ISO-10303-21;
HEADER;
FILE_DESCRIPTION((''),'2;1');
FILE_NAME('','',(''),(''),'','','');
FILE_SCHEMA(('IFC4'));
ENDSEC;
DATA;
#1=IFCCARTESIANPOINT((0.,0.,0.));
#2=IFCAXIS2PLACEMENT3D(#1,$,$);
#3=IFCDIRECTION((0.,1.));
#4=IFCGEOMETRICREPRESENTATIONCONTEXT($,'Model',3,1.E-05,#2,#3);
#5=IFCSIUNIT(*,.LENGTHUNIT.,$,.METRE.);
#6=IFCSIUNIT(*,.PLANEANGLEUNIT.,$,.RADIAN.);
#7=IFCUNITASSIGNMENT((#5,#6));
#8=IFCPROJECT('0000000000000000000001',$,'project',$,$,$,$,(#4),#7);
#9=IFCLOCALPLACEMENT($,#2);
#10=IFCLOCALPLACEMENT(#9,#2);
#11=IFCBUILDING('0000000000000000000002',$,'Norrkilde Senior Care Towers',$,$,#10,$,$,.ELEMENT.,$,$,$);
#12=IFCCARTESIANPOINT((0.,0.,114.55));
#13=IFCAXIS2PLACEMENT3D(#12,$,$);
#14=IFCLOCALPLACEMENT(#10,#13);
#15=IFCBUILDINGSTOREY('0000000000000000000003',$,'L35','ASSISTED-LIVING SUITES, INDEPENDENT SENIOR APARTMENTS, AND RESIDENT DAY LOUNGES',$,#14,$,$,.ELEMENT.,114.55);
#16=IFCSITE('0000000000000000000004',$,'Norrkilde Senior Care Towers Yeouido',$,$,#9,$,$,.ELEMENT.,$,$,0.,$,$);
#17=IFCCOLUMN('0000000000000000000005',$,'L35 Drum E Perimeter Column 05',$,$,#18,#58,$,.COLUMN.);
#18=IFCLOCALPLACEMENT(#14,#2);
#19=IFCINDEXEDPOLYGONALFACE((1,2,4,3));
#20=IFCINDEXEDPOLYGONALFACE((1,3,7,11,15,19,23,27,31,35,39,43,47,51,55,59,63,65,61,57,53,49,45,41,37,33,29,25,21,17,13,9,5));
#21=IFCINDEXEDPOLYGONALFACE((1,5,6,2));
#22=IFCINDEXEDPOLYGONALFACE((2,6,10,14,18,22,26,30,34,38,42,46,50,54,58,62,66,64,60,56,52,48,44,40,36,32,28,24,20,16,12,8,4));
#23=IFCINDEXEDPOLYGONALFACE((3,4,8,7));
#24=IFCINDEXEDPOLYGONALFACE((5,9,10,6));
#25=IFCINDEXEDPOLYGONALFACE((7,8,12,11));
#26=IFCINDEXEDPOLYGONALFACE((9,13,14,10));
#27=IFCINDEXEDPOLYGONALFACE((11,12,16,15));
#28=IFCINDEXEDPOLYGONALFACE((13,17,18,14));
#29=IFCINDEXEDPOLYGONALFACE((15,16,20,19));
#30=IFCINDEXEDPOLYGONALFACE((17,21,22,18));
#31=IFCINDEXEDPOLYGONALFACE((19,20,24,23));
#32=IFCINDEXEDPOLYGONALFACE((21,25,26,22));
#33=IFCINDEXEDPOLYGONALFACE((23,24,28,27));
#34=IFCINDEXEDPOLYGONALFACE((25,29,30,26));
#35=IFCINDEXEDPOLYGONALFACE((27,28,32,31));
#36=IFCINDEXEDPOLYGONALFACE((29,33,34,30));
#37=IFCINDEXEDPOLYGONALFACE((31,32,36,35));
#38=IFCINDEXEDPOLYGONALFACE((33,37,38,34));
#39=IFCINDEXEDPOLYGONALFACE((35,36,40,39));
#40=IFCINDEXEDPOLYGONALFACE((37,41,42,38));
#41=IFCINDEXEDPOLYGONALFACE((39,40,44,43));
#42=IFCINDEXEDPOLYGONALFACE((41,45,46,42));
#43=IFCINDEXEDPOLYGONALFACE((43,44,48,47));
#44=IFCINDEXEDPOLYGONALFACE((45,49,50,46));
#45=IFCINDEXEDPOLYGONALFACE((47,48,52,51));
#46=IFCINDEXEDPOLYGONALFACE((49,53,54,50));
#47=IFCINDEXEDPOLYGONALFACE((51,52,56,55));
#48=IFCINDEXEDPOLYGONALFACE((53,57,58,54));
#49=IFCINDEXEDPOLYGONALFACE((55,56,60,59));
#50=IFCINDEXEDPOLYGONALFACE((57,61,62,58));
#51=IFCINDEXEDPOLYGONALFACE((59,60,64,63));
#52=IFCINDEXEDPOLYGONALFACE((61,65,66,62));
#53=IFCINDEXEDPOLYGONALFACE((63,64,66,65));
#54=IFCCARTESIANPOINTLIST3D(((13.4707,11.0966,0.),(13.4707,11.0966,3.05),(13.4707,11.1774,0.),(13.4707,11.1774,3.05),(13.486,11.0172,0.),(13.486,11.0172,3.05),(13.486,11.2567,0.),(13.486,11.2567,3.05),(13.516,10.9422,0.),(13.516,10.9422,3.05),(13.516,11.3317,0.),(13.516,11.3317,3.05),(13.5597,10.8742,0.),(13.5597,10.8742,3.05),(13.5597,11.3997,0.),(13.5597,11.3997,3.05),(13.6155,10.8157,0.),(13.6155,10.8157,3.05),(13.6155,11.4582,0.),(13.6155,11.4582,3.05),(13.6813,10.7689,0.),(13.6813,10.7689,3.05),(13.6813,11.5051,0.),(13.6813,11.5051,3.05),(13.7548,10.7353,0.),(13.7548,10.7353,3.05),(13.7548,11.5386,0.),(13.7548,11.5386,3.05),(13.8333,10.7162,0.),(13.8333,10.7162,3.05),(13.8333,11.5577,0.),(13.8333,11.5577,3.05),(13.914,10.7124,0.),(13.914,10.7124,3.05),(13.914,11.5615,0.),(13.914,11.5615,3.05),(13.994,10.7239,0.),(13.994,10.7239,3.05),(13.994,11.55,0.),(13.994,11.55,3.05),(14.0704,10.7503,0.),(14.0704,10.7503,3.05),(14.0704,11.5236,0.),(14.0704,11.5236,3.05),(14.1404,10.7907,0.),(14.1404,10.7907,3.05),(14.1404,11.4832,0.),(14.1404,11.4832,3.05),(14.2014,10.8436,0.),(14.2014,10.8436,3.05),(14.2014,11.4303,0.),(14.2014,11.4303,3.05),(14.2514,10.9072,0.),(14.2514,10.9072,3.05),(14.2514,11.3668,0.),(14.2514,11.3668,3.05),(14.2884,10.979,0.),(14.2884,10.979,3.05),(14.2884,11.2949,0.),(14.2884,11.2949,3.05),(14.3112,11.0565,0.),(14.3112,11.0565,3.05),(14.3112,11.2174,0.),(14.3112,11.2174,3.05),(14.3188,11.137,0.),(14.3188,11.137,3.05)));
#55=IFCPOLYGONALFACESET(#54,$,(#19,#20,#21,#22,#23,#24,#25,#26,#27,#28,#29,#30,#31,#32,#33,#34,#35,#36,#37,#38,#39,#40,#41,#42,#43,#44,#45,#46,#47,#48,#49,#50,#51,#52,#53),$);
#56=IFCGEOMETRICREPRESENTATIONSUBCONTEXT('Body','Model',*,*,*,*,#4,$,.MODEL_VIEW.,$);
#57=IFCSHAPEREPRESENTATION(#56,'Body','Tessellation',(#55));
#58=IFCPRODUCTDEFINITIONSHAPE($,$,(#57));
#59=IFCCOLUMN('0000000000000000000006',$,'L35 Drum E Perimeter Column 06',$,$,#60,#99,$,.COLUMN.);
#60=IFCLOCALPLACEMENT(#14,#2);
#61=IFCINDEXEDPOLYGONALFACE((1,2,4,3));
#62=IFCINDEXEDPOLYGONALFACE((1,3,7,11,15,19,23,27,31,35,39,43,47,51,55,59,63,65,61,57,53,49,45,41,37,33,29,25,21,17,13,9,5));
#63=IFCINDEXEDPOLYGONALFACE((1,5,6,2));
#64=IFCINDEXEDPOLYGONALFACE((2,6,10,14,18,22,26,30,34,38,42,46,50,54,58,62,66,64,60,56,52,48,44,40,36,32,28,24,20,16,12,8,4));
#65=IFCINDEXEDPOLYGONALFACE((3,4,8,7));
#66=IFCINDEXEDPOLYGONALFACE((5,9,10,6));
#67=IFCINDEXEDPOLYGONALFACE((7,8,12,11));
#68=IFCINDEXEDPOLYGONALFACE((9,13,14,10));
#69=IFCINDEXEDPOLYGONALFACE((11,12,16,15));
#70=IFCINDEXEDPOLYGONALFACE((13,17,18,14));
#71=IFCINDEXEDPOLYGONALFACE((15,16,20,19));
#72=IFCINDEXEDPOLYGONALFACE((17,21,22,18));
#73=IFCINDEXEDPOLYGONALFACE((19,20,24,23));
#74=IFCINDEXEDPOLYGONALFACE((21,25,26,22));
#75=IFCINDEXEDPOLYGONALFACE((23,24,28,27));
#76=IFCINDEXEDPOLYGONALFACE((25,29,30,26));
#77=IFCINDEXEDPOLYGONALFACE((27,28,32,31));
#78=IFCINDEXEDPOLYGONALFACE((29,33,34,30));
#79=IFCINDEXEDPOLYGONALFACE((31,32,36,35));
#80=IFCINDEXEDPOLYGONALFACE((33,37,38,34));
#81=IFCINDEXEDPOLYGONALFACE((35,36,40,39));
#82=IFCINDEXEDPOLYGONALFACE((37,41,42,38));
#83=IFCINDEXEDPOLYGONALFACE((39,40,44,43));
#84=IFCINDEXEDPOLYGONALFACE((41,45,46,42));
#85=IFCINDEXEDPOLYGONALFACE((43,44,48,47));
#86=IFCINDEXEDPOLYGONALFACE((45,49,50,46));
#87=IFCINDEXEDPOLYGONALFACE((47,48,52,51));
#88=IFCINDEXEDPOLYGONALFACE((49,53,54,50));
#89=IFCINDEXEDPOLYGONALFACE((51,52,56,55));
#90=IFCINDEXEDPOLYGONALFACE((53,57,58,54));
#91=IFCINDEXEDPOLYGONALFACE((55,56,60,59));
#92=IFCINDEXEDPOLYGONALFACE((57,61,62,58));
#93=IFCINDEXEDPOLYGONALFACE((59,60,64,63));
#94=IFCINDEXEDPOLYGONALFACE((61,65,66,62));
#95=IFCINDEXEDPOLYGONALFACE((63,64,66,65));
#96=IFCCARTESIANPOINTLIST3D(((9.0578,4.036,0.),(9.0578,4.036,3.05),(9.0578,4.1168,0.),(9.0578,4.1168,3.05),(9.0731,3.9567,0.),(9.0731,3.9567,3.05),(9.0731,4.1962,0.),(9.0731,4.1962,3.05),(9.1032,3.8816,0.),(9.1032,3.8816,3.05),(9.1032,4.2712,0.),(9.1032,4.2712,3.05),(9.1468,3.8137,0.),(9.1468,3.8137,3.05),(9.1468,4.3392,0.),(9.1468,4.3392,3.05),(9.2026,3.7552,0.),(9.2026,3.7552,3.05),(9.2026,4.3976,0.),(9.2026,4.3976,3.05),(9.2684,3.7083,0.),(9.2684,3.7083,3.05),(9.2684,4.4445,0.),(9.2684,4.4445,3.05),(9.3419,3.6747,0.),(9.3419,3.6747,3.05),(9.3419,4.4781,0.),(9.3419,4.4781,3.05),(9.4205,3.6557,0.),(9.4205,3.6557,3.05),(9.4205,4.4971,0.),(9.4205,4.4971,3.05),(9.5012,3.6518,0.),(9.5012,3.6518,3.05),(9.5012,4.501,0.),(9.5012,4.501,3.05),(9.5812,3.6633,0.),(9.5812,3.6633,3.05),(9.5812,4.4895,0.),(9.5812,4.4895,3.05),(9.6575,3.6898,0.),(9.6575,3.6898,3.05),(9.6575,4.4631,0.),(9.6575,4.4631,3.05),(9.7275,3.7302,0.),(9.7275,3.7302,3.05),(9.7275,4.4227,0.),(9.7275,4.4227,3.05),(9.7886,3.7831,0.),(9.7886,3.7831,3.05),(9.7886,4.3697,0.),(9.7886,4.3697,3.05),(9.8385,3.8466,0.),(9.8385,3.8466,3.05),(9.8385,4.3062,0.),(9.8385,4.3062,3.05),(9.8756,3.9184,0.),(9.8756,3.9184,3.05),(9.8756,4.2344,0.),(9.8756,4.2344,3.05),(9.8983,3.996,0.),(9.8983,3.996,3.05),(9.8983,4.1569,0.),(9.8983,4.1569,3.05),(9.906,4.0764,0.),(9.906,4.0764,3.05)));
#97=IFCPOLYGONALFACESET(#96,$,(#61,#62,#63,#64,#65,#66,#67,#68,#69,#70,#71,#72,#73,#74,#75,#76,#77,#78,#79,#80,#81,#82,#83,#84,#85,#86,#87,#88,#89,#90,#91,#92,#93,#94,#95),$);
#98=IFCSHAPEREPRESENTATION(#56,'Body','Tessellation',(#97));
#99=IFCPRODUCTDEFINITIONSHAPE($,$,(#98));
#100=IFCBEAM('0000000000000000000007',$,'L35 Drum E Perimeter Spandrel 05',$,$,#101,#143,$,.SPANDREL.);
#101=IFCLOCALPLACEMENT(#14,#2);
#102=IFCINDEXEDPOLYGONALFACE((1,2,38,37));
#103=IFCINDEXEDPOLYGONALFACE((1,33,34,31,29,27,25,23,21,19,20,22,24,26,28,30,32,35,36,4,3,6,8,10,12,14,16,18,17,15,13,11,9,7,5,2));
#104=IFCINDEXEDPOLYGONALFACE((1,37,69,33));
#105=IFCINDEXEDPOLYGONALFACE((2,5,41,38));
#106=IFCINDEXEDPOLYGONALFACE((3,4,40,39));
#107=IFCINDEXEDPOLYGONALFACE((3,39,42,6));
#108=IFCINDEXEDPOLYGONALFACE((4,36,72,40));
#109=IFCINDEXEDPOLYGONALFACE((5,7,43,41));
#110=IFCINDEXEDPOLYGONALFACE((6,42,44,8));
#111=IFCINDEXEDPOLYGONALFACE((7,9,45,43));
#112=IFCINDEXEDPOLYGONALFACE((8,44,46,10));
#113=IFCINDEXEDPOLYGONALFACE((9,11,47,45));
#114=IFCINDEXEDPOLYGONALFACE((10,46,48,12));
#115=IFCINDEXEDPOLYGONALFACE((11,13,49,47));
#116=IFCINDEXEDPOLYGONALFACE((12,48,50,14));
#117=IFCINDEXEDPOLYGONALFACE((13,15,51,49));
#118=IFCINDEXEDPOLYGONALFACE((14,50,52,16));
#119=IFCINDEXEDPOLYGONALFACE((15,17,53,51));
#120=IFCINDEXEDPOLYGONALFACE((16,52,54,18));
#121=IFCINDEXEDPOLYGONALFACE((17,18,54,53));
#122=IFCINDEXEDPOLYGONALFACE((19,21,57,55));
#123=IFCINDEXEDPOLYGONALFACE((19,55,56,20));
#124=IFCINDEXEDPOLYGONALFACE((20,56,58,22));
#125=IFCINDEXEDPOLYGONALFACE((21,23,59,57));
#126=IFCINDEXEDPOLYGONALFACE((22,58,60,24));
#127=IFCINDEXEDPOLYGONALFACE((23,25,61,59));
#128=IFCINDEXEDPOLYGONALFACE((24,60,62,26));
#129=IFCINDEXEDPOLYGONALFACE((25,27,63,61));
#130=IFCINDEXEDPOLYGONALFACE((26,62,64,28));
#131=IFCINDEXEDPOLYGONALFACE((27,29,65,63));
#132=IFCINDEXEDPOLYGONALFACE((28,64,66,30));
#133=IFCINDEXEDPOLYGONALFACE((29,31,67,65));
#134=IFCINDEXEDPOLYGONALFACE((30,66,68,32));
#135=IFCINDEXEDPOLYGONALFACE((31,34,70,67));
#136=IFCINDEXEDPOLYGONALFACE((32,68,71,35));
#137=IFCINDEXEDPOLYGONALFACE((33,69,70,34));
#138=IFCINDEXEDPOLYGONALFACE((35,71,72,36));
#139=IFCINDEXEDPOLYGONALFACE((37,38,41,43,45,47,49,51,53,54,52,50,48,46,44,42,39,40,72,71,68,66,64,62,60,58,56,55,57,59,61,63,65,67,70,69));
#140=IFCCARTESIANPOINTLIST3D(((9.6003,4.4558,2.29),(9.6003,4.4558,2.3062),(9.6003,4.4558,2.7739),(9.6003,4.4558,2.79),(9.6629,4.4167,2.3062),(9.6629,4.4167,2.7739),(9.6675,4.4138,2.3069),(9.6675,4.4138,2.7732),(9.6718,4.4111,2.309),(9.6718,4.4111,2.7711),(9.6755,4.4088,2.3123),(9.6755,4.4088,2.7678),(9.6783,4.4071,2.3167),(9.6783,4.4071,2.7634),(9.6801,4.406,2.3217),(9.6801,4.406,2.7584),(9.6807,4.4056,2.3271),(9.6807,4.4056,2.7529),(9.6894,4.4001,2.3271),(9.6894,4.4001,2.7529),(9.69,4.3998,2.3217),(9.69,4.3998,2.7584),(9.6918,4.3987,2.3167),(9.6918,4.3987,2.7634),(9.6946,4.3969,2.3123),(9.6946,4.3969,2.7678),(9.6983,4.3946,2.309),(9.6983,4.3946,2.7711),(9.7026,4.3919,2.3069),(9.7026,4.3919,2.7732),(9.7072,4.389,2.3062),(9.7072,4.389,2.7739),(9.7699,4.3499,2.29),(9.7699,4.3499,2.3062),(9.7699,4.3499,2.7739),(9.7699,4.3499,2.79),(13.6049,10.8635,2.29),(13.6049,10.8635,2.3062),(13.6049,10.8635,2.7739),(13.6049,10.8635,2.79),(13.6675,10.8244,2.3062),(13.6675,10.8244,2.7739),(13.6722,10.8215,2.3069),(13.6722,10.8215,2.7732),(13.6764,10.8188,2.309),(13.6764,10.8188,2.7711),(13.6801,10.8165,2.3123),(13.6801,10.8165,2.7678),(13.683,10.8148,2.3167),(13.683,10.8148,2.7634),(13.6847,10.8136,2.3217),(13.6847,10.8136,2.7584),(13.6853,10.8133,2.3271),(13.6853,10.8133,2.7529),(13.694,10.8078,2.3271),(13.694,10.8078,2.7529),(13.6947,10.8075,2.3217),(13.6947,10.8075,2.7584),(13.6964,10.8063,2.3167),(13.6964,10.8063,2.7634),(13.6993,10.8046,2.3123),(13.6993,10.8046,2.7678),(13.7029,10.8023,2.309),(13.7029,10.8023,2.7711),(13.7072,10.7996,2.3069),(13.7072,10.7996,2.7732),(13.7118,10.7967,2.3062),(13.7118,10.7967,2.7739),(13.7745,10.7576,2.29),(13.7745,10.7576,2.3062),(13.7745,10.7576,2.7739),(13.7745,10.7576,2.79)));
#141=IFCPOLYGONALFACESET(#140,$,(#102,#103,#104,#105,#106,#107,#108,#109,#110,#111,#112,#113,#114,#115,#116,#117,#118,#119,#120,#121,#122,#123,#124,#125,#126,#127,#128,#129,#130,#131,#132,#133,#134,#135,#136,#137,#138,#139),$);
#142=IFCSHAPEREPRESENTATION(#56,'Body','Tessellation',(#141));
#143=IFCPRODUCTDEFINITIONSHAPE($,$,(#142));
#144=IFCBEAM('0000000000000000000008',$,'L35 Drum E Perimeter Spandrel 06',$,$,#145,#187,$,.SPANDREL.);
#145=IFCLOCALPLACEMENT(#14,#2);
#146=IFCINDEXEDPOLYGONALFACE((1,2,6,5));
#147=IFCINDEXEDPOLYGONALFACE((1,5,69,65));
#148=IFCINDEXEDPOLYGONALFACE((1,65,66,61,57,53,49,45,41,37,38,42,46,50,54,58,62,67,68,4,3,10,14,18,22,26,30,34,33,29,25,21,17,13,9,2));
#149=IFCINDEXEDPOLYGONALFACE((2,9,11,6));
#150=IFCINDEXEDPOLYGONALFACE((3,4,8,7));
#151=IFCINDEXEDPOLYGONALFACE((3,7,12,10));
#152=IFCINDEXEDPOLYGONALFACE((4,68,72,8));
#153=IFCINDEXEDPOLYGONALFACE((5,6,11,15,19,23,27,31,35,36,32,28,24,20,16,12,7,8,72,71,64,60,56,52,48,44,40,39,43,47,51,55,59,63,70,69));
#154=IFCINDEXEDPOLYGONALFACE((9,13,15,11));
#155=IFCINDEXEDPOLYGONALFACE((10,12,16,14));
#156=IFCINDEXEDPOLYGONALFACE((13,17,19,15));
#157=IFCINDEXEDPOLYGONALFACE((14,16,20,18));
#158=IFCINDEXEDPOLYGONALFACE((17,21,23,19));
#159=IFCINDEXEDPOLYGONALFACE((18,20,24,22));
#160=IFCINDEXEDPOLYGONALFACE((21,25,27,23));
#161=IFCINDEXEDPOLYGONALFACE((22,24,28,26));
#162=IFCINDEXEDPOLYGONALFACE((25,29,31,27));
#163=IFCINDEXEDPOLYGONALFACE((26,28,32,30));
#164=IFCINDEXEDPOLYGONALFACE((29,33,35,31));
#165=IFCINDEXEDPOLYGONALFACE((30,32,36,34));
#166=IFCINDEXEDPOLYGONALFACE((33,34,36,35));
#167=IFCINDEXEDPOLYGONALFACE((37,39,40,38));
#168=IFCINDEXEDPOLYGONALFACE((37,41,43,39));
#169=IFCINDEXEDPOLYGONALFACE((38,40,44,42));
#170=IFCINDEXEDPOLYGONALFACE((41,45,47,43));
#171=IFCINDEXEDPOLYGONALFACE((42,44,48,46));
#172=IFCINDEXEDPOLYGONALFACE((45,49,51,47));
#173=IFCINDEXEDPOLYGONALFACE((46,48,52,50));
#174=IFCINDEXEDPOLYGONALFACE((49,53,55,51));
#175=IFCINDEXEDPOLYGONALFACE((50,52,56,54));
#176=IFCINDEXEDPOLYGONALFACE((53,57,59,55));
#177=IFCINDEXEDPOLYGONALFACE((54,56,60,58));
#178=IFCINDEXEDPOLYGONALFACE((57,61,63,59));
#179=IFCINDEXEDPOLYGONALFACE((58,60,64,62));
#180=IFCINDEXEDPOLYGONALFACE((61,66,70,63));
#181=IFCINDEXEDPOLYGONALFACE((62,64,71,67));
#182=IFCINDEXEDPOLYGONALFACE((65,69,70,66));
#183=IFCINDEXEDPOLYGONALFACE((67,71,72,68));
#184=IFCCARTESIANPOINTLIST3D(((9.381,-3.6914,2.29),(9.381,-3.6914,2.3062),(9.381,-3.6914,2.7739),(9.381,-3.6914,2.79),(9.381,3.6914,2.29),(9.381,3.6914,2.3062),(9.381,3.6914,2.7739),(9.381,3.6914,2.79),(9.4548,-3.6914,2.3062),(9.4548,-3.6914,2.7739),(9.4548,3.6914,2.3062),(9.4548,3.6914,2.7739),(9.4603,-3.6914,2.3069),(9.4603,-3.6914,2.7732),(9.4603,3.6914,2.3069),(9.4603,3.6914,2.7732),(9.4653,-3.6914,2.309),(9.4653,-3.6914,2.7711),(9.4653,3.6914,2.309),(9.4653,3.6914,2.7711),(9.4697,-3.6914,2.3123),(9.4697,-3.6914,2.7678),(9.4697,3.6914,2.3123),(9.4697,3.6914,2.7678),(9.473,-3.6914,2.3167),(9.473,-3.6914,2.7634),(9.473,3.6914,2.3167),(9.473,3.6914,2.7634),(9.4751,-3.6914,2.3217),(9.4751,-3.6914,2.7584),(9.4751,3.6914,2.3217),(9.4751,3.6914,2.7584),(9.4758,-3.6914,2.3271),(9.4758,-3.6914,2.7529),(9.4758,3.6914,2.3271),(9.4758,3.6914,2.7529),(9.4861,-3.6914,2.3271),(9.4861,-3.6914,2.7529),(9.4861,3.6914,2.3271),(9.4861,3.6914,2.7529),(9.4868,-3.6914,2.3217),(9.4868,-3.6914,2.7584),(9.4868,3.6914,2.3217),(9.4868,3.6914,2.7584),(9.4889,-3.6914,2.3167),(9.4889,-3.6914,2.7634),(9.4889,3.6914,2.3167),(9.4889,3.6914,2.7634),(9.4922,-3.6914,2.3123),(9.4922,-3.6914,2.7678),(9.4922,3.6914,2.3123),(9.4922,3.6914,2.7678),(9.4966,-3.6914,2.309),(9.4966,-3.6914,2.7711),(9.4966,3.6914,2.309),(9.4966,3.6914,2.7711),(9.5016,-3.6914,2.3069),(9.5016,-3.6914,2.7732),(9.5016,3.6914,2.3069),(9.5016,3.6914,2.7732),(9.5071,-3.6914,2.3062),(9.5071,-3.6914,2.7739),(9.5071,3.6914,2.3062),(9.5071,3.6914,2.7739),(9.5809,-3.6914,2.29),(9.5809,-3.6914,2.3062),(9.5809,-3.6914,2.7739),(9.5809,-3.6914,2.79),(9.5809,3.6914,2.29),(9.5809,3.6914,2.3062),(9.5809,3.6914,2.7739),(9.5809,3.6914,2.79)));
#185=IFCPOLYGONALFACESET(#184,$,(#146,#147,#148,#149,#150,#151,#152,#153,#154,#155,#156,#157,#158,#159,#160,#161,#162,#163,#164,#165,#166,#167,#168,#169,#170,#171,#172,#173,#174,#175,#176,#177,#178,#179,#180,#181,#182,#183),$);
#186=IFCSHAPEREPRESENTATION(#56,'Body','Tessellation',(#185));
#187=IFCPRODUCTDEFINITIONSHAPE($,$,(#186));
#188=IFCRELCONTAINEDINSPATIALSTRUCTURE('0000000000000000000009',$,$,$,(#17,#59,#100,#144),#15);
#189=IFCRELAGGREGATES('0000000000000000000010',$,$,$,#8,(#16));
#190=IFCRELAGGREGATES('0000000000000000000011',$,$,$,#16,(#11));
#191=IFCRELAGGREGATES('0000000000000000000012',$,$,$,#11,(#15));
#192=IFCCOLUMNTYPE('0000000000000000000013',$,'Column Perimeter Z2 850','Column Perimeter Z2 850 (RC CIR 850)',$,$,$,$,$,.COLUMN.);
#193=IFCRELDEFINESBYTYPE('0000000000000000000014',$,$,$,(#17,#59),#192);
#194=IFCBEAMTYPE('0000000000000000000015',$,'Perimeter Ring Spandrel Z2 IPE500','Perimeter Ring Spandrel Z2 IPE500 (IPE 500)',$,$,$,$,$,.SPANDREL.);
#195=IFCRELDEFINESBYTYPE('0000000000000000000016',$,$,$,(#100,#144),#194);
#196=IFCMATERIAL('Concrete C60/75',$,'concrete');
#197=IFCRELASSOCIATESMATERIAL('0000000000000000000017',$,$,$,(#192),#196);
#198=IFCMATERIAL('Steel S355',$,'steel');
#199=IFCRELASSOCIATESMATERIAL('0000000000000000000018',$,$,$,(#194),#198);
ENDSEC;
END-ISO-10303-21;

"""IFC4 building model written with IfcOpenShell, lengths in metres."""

from ifc_helpers import new_model, si_unit, direction, frame, origin, origin_2d, place, context, subcontext, project, spatial, circle, i_section, extrude, source, transform, mapped, material, material_profile, profile_set, type_object, type_shapes, element, save


model = new_model("IFC4")

# Units and contexts
model_context = context("Model", 3, precision=1e-05, world=origin(), true_north=direction((0.0, 1.0)))
body_context = subcontext(model_context, "Body", "Model", "MODEL_VIEW")
ifc_project = project(units=[si_unit("LENGTHUNIT", "METRE"), si_unit("PLANEANGLEUNIT", "RADIAN")], contexts=[model_context])

# Site, building, storey
site_placement = place(None, origin())
site = spatial("IfcSite", under=ifc_project, at=site_placement, Name="Norrkilde Senior Care Towers Yeouido", CompositionType="ELEMENT", RefElevation=0.0)
building_placement = place(site_placement, origin())
building = spatial("IfcBuilding", under=site, at=building_placement, Name="Norrkilde Senior Care Towers", CompositionType="ELEMENT")
storey_placement = place(building_placement, frame((0.0, 0.0, 114.55)))
storey = spatial("IfcBuildingStorey", under=building, at=storey_placement, Name="L35", Description="ASSISTED-LIVING SUITES, INDEPENDENT SENIOR APARTMENTS, AND RESIDENT DAY LOUNGES", CompositionType="ELEMENT", Elevation=114.55)

# Columns
ifc_material_1 = material(Name="Concrete C60/75", Category="concrete")
ifc_material_profile_1 = material_profile(ifc_material_1, circle(Radius=0.425, at=origin_2d()), Name="RC CIR 850")
ifc_profile_set_1 = profile_set([ifc_material_profile_1], Name="Concrete C60/75")
column_type = type_object("IfcColumnType", Name="Column Perimeter Z2 850", Description="Column Perimeter Z2 850 (RC CIR 850)", PredefinedType="COLUMN", material=ifc_profile_set_1)
shared_shape_1 = source(origin(), body_context, "Body", "SweptSolid", [
    extrude(circle(Radius=0.425, at=origin_2d()), origin(), (0.0, 0.0, 1.0), 3.05),
])
type_shapes(column_type, [shared_shape_1])
for number, where, z_axis, x_axis, name in (
    (1, (13.8938, 11.137, 0.0), (0.0, 0.0, 1.0), (1.0, 0.0, 0.0), "L35 Drum E Perimeter Column 05"),
    (2, (9.481, 4.0764, 0.0), (0.0, 0.0, 1.0), (1.0, 0.0, 0.0), "L35 Drum E Perimeter Column 06"),
):
    element("IfcColumn", number, at=place(storey_placement, frame(where, z_axis=z_axis, x_axis=x_axis)), inside=storey, type_object=column_type, Name=name, PredefinedType="COLUMN", context=body_context, shape_type="MappedRepresentation", body=[
        mapped(shared_shape_1, transform((0.0, 0.0, 0.0), x_axis=(1.0, 0.0, 0.0), y_axis=(0.0, 1.0, 0.0), z_axis=(0.0, 0.0, 1.0), scale=1.0)),
    ])

# Beams
ifc_material_2 = material(Name="Steel S355", Category="steel")
ifc_material_profile_2 = material_profile(ifc_material_2, i_section(OverallWidth=0.2, OverallDepth=0.5, WebThickness=0.0103, FlangeThickness=0.0161, FilletRadius=0.021, at=origin_2d()), Name="IPE 500")
ifc_profile_set_2 = profile_set([ifc_material_profile_2], Name="Steel S355")
beam_type = type_object("IfcBeamType", Name="Perimeter Ring Spandrel Z2 IPE500", Description="Perimeter Ring Spandrel Z2 IPE500 (IPE 500)", PredefinedType="SPANDREL", material=ifc_profile_set_2)
shared_shape_2 = source(origin(), body_context, "Body", "SweptSolid", [
    extrude(i_section(OverallWidth=0.2, OverallDepth=0.5, WebThickness=0.0103, FlangeThickness=0.0161, FilletRadius=0.021, at=origin_2d()), origin(), (0.0, 0.0, 1.0), 7.5562),
])
beam_1_placement = place(storey_placement, frame((13.6897, 10.8105, 2.54), z_axis=(-0.529982, -0.848009, 0.0), x_axis=(0.848009, -0.529982, 0.0)))
element("IfcBeam", 3, at=beam_1_placement, inside=storey, type_object=beam_type, Name="L35 Drum E Perimeter Spandrel 05", PredefinedType="SPANDREL", context=body_context, shape_type="MappedRepresentation", body=[
    mapped(shared_shape_2, transform((0.0, 0.0, 0.0), x_axis=(1.0, 0.0, 0.0), y_axis=(0.0, 1.0, 0.0), z_axis=(0.0, 0.0, 1.0), scale=1.0)),
])
shared_shape_3 = source(origin(), body_context, "Body", "SweptSolid", [
    extrude(i_section(OverallWidth=0.2, OverallDepth=0.5, WebThickness=0.0103, FlangeThickness=0.0161, FilletRadius=0.021, at=origin_2d()), origin(), (0.0, 0.0, 1.0), 7.3828),
])
type_shapes(beam_type, [shared_shape_2, shared_shape_3])
beam_2_placement = place(storey_placement, frame((9.481, 3.6914, 2.54), z_axis=(0.0, -1.0, 0.0), x_axis=(1.0, 0.0, 0.0)))
element("IfcBeam", 4, at=beam_2_placement, inside=storey, type_object=beam_type, Name="L35 Drum E Perimeter Spandrel 06", PredefinedType="SPANDREL", context=body_context, shape_type="MappedRepresentation", body=[
    mapped(shared_shape_3, transform((0.0, 0.0, 0.0), x_axis=(1.0, 0.0, 0.0), y_axis=(0.0, 1.0, 0.0), z_axis=(0.0, 0.0, 1.0), scale=1.0)),
])

save(model, "model.ifc")
